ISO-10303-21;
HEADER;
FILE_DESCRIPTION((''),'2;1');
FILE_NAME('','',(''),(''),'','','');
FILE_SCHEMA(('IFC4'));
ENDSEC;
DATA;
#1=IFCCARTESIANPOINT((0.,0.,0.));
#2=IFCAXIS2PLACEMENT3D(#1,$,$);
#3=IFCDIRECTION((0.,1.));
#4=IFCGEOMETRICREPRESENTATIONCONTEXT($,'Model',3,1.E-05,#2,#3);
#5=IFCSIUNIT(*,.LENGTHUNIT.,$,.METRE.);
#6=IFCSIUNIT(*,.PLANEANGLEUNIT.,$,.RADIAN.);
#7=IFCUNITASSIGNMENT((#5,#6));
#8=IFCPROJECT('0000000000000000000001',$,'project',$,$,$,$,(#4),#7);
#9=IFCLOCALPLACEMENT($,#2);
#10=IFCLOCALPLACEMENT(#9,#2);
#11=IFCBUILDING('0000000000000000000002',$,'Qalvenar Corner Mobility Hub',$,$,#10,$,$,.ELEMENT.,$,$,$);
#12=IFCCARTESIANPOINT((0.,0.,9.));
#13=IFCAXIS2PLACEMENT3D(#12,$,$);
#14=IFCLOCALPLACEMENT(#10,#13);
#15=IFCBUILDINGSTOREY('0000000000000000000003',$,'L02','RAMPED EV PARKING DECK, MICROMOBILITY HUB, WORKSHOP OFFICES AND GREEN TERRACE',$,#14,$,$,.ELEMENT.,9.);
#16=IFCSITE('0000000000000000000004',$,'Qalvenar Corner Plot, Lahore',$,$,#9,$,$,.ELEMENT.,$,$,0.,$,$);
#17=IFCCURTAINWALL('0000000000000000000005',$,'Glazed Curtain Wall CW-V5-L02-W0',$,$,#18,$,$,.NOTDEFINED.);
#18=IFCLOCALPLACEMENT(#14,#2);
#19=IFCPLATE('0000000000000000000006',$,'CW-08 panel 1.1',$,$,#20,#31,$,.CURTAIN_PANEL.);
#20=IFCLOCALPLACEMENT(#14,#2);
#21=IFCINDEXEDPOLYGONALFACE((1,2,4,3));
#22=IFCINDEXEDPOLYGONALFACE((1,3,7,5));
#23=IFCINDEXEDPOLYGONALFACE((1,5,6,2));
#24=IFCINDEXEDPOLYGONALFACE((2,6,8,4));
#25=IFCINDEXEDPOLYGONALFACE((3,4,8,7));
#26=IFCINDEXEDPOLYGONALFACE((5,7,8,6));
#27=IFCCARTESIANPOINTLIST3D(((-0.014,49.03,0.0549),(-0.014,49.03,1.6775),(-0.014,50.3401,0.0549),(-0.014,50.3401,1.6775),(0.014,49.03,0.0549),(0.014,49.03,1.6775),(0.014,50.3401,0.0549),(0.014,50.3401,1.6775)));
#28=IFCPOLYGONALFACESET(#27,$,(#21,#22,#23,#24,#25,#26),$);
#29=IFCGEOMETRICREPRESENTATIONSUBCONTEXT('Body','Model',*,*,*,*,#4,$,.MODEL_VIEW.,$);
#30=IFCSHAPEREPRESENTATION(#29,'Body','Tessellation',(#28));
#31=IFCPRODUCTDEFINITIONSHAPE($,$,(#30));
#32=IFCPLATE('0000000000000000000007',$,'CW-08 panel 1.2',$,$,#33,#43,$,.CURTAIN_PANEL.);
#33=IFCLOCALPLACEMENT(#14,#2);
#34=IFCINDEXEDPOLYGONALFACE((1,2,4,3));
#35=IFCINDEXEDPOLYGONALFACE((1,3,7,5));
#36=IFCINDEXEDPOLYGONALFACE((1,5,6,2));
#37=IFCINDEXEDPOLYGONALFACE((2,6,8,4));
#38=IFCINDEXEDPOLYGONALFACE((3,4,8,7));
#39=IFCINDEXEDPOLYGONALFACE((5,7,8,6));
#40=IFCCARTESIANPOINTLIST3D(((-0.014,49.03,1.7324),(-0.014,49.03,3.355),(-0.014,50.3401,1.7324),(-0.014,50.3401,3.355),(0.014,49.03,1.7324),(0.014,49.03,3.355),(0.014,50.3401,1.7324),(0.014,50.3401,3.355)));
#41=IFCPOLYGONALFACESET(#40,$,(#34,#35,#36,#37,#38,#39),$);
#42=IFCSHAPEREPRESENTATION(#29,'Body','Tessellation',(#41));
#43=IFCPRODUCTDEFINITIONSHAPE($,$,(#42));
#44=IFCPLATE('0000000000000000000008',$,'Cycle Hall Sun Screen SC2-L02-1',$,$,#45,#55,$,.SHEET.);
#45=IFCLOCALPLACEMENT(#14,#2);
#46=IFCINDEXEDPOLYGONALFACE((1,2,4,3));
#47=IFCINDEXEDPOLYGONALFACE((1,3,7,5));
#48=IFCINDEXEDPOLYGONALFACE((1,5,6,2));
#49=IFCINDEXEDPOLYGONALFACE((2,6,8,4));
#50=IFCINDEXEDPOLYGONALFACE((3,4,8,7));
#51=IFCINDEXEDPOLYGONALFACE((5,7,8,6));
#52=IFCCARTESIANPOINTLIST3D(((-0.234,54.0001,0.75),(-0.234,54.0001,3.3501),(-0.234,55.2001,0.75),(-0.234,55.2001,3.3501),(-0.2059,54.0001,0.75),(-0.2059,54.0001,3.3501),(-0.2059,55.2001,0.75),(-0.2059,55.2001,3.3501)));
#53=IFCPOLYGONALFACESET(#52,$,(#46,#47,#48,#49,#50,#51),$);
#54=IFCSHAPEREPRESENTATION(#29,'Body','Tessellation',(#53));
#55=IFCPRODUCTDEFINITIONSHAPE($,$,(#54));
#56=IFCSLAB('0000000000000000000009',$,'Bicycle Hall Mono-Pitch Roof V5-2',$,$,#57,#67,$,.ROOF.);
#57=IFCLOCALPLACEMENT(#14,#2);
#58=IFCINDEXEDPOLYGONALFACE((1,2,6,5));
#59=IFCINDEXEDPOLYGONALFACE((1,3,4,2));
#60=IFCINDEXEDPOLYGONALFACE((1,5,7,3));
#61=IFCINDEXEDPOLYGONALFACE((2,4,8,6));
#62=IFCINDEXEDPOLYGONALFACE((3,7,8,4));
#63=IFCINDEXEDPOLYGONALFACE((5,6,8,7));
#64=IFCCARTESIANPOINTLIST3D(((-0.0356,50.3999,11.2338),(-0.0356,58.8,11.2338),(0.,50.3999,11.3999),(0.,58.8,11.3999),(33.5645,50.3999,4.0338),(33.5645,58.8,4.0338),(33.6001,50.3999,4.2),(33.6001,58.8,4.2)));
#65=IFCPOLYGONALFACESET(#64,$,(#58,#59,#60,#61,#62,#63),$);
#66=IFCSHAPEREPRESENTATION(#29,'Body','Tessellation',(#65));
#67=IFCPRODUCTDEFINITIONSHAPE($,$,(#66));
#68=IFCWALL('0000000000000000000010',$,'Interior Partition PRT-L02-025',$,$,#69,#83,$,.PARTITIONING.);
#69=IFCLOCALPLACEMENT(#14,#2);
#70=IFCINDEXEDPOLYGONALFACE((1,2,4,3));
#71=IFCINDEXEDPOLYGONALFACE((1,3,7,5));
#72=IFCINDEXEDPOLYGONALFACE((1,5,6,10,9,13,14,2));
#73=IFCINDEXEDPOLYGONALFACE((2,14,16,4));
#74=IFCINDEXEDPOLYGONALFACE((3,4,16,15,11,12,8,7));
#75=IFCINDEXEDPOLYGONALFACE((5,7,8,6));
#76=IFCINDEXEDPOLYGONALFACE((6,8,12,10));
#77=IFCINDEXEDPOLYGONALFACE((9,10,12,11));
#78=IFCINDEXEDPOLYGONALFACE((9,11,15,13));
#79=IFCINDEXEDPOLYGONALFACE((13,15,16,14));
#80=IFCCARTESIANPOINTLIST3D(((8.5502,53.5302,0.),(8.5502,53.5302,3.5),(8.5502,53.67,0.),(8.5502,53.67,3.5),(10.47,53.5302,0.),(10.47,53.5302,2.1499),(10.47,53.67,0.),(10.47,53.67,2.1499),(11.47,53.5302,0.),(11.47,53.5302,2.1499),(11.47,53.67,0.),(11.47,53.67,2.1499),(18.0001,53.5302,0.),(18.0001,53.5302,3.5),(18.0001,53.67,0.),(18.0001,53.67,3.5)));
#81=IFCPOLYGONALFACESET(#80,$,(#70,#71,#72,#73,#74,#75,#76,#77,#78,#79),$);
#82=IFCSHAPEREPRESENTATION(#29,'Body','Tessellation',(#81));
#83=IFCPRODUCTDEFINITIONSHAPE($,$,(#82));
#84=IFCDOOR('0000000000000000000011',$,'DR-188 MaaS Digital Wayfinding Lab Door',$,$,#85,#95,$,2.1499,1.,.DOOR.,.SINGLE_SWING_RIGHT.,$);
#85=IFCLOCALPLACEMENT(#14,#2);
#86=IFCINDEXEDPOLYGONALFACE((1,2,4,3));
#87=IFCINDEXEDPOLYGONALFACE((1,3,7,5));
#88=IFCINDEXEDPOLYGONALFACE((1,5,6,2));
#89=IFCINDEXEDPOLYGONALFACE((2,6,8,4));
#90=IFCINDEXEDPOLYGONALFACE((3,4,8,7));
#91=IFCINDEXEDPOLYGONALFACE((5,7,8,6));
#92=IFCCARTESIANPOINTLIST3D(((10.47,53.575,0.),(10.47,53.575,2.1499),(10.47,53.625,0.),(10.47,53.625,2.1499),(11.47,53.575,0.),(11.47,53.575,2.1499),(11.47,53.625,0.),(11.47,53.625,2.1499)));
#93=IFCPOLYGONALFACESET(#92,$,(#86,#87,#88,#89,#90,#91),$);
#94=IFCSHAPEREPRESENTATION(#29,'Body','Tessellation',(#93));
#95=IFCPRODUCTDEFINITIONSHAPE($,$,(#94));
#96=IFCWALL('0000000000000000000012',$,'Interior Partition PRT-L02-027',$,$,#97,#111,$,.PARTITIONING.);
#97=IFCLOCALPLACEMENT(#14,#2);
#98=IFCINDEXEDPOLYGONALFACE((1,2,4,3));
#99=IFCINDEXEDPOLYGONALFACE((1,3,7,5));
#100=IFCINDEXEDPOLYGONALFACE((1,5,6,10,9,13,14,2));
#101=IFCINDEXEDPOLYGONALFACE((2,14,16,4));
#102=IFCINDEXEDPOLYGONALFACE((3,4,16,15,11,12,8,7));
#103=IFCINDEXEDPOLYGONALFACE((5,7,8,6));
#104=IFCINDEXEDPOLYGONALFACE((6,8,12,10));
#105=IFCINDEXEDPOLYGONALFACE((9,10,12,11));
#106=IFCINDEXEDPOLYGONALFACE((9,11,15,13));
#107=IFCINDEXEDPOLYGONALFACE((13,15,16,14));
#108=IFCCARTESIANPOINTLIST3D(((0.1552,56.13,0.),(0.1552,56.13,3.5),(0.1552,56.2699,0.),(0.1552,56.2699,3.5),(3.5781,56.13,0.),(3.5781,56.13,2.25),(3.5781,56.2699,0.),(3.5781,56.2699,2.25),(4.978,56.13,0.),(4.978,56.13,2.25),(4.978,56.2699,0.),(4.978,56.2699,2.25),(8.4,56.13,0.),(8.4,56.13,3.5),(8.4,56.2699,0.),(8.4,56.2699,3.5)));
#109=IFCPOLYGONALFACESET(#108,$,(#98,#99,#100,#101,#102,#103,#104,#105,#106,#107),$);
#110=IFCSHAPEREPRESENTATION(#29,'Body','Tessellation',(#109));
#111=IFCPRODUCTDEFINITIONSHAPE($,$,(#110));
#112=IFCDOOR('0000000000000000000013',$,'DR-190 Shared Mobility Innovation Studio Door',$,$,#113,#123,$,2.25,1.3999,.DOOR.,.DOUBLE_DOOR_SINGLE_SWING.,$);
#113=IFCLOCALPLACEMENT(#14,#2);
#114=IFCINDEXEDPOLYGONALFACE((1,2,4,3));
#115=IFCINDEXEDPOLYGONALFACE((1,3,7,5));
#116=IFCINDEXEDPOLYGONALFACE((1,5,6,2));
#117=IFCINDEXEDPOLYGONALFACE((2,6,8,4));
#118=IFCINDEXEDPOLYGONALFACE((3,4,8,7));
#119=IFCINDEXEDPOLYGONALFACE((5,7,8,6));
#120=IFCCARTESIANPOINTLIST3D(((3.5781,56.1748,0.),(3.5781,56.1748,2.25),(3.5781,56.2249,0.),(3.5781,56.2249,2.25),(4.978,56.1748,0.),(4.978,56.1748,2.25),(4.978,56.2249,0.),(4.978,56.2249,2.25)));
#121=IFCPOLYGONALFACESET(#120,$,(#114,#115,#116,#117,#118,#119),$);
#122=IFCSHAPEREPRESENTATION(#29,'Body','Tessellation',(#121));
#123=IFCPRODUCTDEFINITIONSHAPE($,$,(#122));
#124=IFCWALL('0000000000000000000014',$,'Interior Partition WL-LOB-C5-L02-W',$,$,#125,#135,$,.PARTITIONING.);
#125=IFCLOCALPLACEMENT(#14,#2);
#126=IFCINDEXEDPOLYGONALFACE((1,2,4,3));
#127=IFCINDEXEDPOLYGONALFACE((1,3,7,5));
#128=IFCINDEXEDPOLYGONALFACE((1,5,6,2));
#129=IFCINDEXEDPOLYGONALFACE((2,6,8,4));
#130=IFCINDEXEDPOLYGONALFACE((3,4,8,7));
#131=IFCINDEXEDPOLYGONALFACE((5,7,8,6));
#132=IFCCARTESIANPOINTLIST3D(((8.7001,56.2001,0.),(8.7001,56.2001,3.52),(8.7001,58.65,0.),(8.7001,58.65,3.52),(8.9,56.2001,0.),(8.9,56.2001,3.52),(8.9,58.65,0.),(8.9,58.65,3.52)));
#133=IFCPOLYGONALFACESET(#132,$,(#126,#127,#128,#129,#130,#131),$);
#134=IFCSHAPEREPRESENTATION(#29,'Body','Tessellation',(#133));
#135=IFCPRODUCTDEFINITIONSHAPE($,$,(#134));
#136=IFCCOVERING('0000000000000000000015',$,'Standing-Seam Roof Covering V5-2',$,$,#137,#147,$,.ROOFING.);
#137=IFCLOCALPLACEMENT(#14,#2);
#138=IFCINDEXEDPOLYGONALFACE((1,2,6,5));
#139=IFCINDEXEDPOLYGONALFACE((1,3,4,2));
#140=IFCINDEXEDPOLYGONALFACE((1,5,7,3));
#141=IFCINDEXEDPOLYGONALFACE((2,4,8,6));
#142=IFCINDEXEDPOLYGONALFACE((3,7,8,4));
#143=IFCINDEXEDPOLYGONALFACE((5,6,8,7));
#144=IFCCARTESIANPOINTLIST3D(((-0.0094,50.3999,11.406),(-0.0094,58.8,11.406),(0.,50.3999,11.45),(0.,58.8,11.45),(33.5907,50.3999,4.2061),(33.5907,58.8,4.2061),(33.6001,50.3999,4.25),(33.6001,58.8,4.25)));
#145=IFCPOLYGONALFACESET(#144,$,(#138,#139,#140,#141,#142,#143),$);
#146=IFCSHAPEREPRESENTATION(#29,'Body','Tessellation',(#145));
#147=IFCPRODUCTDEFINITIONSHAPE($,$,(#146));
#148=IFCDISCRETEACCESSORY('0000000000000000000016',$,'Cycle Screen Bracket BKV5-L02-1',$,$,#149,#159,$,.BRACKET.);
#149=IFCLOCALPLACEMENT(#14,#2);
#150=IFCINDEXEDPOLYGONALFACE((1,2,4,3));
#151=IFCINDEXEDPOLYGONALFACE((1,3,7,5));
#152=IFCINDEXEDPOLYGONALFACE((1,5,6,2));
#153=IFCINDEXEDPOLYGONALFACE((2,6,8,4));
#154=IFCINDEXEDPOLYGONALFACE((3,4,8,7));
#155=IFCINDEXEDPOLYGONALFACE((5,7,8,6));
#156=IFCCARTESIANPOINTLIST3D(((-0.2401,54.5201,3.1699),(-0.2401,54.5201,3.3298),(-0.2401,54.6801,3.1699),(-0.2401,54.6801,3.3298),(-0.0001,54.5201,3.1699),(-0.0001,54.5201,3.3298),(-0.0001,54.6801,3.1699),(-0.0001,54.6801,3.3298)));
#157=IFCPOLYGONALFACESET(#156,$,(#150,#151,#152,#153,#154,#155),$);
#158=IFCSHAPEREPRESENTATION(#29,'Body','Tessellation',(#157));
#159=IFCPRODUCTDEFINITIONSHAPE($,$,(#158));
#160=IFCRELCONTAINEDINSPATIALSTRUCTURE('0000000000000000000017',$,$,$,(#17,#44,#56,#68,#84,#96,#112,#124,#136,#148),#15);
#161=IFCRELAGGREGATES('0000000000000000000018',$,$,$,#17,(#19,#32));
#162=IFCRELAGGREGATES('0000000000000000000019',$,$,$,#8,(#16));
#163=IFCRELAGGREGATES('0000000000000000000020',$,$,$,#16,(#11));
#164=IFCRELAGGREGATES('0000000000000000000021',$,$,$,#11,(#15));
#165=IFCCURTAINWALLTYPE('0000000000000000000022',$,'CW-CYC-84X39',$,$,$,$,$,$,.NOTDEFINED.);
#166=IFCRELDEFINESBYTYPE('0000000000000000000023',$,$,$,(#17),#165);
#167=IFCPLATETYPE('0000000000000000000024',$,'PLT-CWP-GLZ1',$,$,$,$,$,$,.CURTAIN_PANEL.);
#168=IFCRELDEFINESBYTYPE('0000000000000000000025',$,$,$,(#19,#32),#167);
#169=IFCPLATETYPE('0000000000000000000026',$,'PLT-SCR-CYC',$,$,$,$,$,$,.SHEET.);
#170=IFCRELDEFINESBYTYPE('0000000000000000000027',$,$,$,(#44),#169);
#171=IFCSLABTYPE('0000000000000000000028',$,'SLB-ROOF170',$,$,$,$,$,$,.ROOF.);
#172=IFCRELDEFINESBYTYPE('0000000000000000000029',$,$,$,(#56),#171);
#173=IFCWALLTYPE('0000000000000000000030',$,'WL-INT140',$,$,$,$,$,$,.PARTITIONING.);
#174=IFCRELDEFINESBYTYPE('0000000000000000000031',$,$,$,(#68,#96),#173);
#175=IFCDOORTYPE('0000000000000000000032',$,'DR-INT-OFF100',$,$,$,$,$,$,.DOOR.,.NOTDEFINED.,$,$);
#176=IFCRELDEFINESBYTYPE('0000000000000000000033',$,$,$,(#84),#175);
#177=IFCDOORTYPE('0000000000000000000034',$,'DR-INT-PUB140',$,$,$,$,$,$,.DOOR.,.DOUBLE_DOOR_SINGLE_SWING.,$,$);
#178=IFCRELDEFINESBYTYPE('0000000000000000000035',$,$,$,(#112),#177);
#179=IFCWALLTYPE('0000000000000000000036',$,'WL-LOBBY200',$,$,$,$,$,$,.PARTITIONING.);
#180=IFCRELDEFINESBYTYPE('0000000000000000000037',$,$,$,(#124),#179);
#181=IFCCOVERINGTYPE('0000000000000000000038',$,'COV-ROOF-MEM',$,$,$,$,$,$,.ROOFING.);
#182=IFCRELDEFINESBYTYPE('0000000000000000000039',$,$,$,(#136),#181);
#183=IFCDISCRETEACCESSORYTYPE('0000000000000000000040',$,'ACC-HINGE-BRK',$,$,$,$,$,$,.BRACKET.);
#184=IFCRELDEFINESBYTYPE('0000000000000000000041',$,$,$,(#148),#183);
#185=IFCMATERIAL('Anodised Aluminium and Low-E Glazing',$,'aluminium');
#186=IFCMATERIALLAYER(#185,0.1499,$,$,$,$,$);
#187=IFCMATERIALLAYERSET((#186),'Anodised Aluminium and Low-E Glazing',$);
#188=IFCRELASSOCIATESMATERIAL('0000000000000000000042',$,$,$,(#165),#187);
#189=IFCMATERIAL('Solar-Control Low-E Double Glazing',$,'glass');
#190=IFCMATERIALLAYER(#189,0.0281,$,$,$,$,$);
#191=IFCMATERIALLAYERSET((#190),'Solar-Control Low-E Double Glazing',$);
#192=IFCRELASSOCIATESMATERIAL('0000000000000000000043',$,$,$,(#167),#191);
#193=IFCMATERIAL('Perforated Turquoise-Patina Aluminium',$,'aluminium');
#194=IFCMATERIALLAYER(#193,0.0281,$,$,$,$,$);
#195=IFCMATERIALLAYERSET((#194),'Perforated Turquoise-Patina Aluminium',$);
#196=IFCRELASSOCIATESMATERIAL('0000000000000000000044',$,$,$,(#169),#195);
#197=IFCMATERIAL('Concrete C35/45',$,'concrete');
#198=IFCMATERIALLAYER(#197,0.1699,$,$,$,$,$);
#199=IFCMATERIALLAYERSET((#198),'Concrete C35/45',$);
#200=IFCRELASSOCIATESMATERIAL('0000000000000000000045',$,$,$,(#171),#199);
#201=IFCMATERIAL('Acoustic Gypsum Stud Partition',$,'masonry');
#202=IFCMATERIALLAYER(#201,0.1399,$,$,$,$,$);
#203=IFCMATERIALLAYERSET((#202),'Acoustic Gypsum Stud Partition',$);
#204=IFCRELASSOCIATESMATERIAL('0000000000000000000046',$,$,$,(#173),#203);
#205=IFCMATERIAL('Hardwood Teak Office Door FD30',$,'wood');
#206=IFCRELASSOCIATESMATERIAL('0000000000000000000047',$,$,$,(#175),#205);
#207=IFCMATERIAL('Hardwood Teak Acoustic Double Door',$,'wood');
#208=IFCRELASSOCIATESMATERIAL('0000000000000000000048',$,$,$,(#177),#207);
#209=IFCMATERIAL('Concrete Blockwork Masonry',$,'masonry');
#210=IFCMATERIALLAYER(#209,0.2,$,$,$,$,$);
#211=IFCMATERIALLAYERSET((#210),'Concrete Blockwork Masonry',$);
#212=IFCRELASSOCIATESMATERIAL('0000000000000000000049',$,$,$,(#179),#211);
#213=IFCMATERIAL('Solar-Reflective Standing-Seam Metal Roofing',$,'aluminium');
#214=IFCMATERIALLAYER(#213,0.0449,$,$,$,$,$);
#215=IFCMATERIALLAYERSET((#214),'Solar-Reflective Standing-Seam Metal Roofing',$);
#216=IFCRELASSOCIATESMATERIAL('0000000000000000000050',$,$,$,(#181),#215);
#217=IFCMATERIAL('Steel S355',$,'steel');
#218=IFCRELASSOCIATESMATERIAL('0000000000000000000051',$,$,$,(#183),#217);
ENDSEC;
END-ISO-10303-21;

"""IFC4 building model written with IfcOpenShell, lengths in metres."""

from ifc_helpers import new_model, si_unit, direction, frame, frame_2d, origin, origin_2d, place, context, subcontext, project, spatial, polyline, rectangle, outline, extrude, material, layer, layer_set, type_object, element, fill, aggregate, save


model = new_model("IFC4")

# Units and contexts
model_context = context("Model", 3, precision=1e-05, world=origin(), true_north=direction((0.0, 1.0)))
body_context = subcontext(model_context, "Body", "Model", "MODEL_VIEW")
ifc_project = project(units=[si_unit("LENGTHUNIT", "METRE"), si_unit("PLANEANGLEUNIT", "RADIAN")], contexts=[model_context])

# Site, building, storey
site_placement = place(None, origin())
site = spatial("IfcSite", under=ifc_project, at=site_placement, Name="Qalvenar Corner Plot, Lahore", CompositionType="ELEMENT", RefElevation=0.0)
building_placement = place(site_placement, origin())
building = spatial("IfcBuilding", under=site, at=building_placement, Name="Qalvenar Corner Mobility Hub", CompositionType="ELEMENT")
storey_placement = place(building_placement, frame((0.0, 0.0, 9.0)))
storey = spatial("IfcBuildingStorey", under=building, at=storey_placement, Name="L02", Description="RAMPED EV PARKING DECK, MICROMOBILITY HUB, WORKSHOP OFFICES AND GREEN TERRACE", CompositionType="ELEMENT", Elevation=9.0)

# Shared definitions
ifc_material_1 = material(Name="Steel S355", Category="steel")

# Curtain wall
ifc_material_2 = material(Name="Anodised Aluminium and Low-E Glazing", Category="aluminium")
ifc_layer_1 = layer(ifc_material_2, 0.1499)
ifc_layer_set_1 = layer_set([ifc_layer_1], Name="Anodised Aluminium and Low-E Glazing")
curtain_wall_type = type_object("IfcCurtainWallType", Name="CW-CYC-84X39", PredefinedType="NOTDEFINED", material=ifc_layer_set_1)
curtain_wall_placement = place(storey_placement, origin())
curtain_wall = element("IfcCurtainWall", 1, at=curtain_wall_placement, inside=storey, type_object=curtain_wall_type, Name="Glazed Curtain Wall CW-V5-L02-W0", PredefinedType="NOTDEFINED")

# Plates
ifc_material_3 = material(Name="Solar-Control Low-E Double Glazing", Category="glass")
ifc_layer_2 = layer(ifc_material_3, 0.0281)
ifc_layer_set_2 = layer_set([ifc_layer_2], Name="Solar-Control Low-E Double Glazing")
plate_type_1 = type_object("IfcPlateType", Name="PLT-CWP-GLZ1", PredefinedType="CURTAIN_PANEL", material=ifc_layer_set_2)
plate_1_placement = place(storey_placement, frame((0.0, 49.6851, 0.0549), z_axis=(0.0, 0.0, 1.0), x_axis=(0.0, -1.0, 0.0)))
plate_1 = element("IfcPlate", 2, at=plate_1_placement, type_object=plate_type_1, Name="CW-08 panel 1.1", PredefinedType="CURTAIN_PANEL", context=body_context, shape_type="SweptSolid", body=[
    extrude(rectangle(XDim=1.3101, YDim=0.0281, at=origin_2d()), origin(), (0.0, 0.0, 1.0), 1.6226),
])
plate_2_placement = place(storey_placement, frame((0.0, 49.6851, 1.7324), z_axis=(0.0, 0.0, 1.0), x_axis=(0.0, -1.0, 0.0)))
plate_2 = element("IfcPlate", 3, at=plate_2_placement, type_object=plate_type_1, Name="CW-08 panel 1.2", PredefinedType="CURTAIN_PANEL", context=body_context, shape_type="SweptSolid", body=[
    extrude(rectangle(XDim=1.3101, YDim=0.0281, at=origin_2d()), origin(), (0.0, 0.0, 1.0), 1.6226),
])
aggregate(curtain_wall, [plate_1, plate_2])
ifc_material_4 = material(Name="Perforated Turquoise-Patina Aluminium", Category="aluminium")
ifc_layer_3 = layer(ifc_material_4, 0.0281)
ifc_layer_set_3 = layer_set([ifc_layer_3], Name="Perforated Turquoise-Patina Aluminium")
plate_type_2 = type_object("IfcPlateType", Name="PLT-SCR-CYC", PredefinedType="SHEET", material=ifc_layer_set_3)
plate_3_placement = place(storey_placement, frame((-0.22, 54.6001, 0.75), z_axis=(0.0, 0.0, 1.0), x_axis=(0.0, 1.0, 0.0)))
element("IfcPlate", 4, at=plate_3_placement, inside=storey, type_object=plate_type_2, Name="Cycle Hall Sun Screen SC2-L02-1", PredefinedType="SHEET", context=body_context, shape_type="SweptSolid", body=[
    extrude(rectangle(XDim=1.2, YDim=0.0281, at=origin_2d()), origin(), (0.0, 0.0, 1.0), 2.6001),
])

# Slab
ifc_material_5 = material(Name="Concrete C35/45", Category="concrete")
ifc_layer_4 = layer(ifc_material_5, 0.1699)
ifc_layer_set_4 = layer_set([ifc_layer_4], Name="Concrete C35/45")
slab_type = type_object("IfcSlabType", Name="SLB-ROOF170", PredefinedType="ROOF", material=ifc_layer_set_4)
slab_placement = place(storey_placement, frame((0.0, 50.3999, 11.3999), z_axis=(0.209527, 0.0, 0.977803), x_axis=(0.977803, 0.0, -0.209527)))
element("IfcSlab", 5, at=slab_placement, inside=storey, type_object=slab_type, Name="Bicycle Hall Mono-Pitch Roof V5-2", PredefinedType="ROOF", context=body_context, shape_type="SweptSolid", body=[
    extrude(outline(polyline([(0.0, 0.0), (34.3629, 0.0), (34.3629, 8.4001), (0.0, 8.4001), (0.0, 0.0)])), origin(), (0.0, 0.0, -1.0), 0.1699),
])

# Shared definitions
ifc_material_6 = material(Name="Acoustic Gypsum Stud Partition", Category="masonry")
ifc_layer_5 = layer(ifc_material_6, 0.1399)
ifc_layer_set_5 = layer_set([ifc_layer_5], Name="Acoustic Gypsum Stud Partition")
wall_type_1 = type_object("IfcWallType", Name="WL-INT140", PredefinedType="PARTITIONING", material=ifc_layer_set_5)

# Walls, openings, doors
wall_1_placement = place(storey_placement, frame((8.55, 53.6001, 0.0), z_axis=(0.0, 0.0, 1.0), x_axis=(1.0, 0.0, 0.0)))
wall_1 = element("IfcWall", 6, at=wall_1_placement, inside=storey, type_object=wall_type_1, Name="Interior Partition PRT-L02-025", PredefinedType="PARTITIONING", context=body_context, shape_type="SweptSolid", body=[
    extrude(rectangle(XDim=9.45, YDim=0.1399, at=frame_2d((4.7251, 0.0))), origin(), (0.0, 0.0, 1.0), 3.5),
])
opening_1_placement = place(wall_1_placement, frame((1.9199, 0.0, 0.0)))
opening_1 = element("IfcOpeningElement", 7, at=opening_1_placement, cuts=wall_1, PredefinedType="OPENING", context=body_context, shape_type="SweptSolid", body=[
    extrude(rectangle(XDim=1.0, YDim=2.1499, at=frame_2d((0.5, 1.075))), frame((0.0, 0.0801, 0.0), z_axis=(0.0, -1.0, 0.0), x_axis=(1.0, 0.0, 0.0)), (0.0, 0.0, 1.0), 0.1599),
])
ifc_material_7 = material(Name="Hardwood Teak Office Door FD30", Category="wood")
door_type_1 = type_object("IfcDoorType", Name="DR-INT-OFF100", OperationType="NOTDEFINED", PredefinedType="DOOR", material=ifc_material_7)
door_1_placement = place(opening_1_placement, origin())
door_1 = element("IfcDoor", 8, at=door_1_placement, inside=storey, type_object=door_type_1, Name="DR-188 MaaS Digital Wayfinding Lab Door", OperationType="SINGLE_SWING_RIGHT", OverallHeight=2.1499, OverallWidth=1.0, PredefinedType="DOOR", context=body_context, shape_type="SweptSolid", body=[
    extrude(rectangle(XDim=1.0, YDim=2.1499, at=frame_2d((0.5, 1.075))), frame((0.0, 0.0249, 0.0), z_axis=(0.0, -1.0, 0.0), x_axis=(1.0, 0.0, 0.0)), (0.0, 0.0, 1.0), 0.05),
])
fill(opening_1, door_1)
wall_2_placement = place(storey_placement, frame((0.155, 56.2, 0.0), z_axis=(0.0, 0.0, 1.0), x_axis=(1.0, 0.0, 0.0)))
wall_2 = element("IfcWall", 9, at=wall_2_placement, inside=storey, type_object=wall_type_1, Name="Interior Partition PRT-L02-027", PredefinedType="PARTITIONING", context=body_context, shape_type="SweptSolid", body=[
    extrude(rectangle(XDim=8.2449, YDim=0.1399, at=frame_2d((4.1226, 0.0))), origin(), (0.0, 0.0, 1.0), 3.5),
])
opening_2_placement = place(wall_2_placement, frame((3.4231, 0.0, 0.0)))
opening_2 = element("IfcOpeningElement", 10, at=opening_2_placement, cuts=wall_2, PredefinedType="OPENING", context=body_context, shape_type="SweptSolid", body=[
    extrude(rectangle(XDim=1.3999, YDim=2.25, at=frame_2d((0.7, 1.125))), frame((0.0, 0.0801, 0.0), z_axis=(0.0, -1.0, 0.0), x_axis=(1.0, 0.0, 0.0)), (0.0, 0.0, 1.0), 0.1599),
])
ifc_material_8 = material(Name="Hardwood Teak Acoustic Double Door", Category="wood")
door_type_2 = type_object("IfcDoorType", Name="DR-INT-PUB140", OperationType="DOUBLE_DOOR_SINGLE_SWING", PredefinedType="DOOR", material=ifc_material_8)
door_2_placement = place(opening_2_placement, origin())
door_2 = element("IfcDoor", 11, at=door_2_placement, inside=storey, type_object=door_type_2, Name="DR-190 Shared Mobility Innovation Studio Door", OperationType="DOUBLE_DOOR_SINGLE_SWING", OverallHeight=2.25, OverallWidth=1.3999, PredefinedType="DOOR", context=body_context, shape_type="SweptSolid", body=[
    extrude(rectangle(XDim=1.3999, YDim=2.25, at=frame_2d((0.7, 1.125))), frame((0.0, 0.0249, 0.0), z_axis=(0.0, -1.0, 0.0), x_axis=(1.0, 0.0, 0.0)), (0.0, 0.0, 1.0), 0.05),
])
fill(opening_2, door_2)

# Wall
ifc_material_9 = material(Name="Concrete Blockwork Masonry", Category="masonry")
ifc_layer_6 = layer(ifc_material_9, 0.2)
ifc_layer_set_6 = layer_set([ifc_layer_6], Name="Concrete Blockwork Masonry")
wall_type_2 = type_object("IfcWallType", Name="WL-LOBBY200", PredefinedType="PARTITIONING", material=ifc_layer_set_6)
wall_3_placement = place(storey_placement, frame((8.8, 56.2, 0.0), z_axis=(0.0, 0.0, 1.0), x_axis=(0.0, 1.0, 0.0)))
element("IfcWall", 12, at=wall_3_placement, inside=storey, type_object=wall_type_2, Name="Interior Partition WL-LOB-C5-L02-W", PredefinedType="PARTITIONING", context=body_context, shape_type="SweptSolid", body=[
    extrude(rectangle(XDim=2.45, YDim=0.2, at=frame_2d((1.2251, 0.0))), origin(), (0.0, 0.0, 1.0), 3.52),
])

# Covering
ifc_material_10 = material(Name="Solar-Reflective Standing-Seam Metal Roofing", Category="aluminium")
ifc_layer_7 = layer(ifc_material_10, 0.0449)
ifc_layer_set_7 = layer_set([ifc_layer_7], Name="Solar-Reflective Standing-Seam Metal Roofing")
covering_type = type_object("IfcCoveringType", Name="COV-ROOF-MEM", PredefinedType="ROOFING", material=ifc_layer_set_7)
covering_placement = place(storey_placement, frame((0.0, 50.3999, 11.45), z_axis=(0.209527, 0.0, 0.977803), x_axis=(0.977803, 0.0, -0.209527)))
element("IfcCovering", 13, at=covering_placement, inside=storey, type_object=covering_type, Name="Standing-Seam Roof Covering V5-2", PredefinedType="ROOFING", context=body_context, shape_type="SweptSolid", body=[
    extrude(outline(polyline([(0.0, 0.0), (34.3629, 0.0), (34.3629, 8.4001), (0.0, 8.4001), (0.0, 0.0)])), origin(), (0.0, 0.0, -1.0), 0.0449),
])

# Discrete accessory
discrete_accessory_type = type_object("IfcDiscreteAccessoryType", Name="ACC-HINGE-BRK", PredefinedType="BRACKET", material=ifc_material_1)
discrete_accessory_placement = place(storey_placement, frame((-0.1201, 54.6001, 3.1699), z_axis=(0.0, 0.0, 1.0), x_axis=(0.0, 1.0, 0.0)))
element("IfcDiscreteAccessory", 14, at=discrete_accessory_placement, inside=storey, type_object=discrete_accessory_type, Name="Cycle Screen Bracket BKV5-L02-1", PredefinedType="BRACKET", context=body_context, shape_type="SweptSolid", body=[
    extrude(rectangle(XDim=0.1599, YDim=0.24, at=origin_2d()), origin(), (0.0, 0.0, 1.0), 0.1599),
])

save(model, "model.ifc")
